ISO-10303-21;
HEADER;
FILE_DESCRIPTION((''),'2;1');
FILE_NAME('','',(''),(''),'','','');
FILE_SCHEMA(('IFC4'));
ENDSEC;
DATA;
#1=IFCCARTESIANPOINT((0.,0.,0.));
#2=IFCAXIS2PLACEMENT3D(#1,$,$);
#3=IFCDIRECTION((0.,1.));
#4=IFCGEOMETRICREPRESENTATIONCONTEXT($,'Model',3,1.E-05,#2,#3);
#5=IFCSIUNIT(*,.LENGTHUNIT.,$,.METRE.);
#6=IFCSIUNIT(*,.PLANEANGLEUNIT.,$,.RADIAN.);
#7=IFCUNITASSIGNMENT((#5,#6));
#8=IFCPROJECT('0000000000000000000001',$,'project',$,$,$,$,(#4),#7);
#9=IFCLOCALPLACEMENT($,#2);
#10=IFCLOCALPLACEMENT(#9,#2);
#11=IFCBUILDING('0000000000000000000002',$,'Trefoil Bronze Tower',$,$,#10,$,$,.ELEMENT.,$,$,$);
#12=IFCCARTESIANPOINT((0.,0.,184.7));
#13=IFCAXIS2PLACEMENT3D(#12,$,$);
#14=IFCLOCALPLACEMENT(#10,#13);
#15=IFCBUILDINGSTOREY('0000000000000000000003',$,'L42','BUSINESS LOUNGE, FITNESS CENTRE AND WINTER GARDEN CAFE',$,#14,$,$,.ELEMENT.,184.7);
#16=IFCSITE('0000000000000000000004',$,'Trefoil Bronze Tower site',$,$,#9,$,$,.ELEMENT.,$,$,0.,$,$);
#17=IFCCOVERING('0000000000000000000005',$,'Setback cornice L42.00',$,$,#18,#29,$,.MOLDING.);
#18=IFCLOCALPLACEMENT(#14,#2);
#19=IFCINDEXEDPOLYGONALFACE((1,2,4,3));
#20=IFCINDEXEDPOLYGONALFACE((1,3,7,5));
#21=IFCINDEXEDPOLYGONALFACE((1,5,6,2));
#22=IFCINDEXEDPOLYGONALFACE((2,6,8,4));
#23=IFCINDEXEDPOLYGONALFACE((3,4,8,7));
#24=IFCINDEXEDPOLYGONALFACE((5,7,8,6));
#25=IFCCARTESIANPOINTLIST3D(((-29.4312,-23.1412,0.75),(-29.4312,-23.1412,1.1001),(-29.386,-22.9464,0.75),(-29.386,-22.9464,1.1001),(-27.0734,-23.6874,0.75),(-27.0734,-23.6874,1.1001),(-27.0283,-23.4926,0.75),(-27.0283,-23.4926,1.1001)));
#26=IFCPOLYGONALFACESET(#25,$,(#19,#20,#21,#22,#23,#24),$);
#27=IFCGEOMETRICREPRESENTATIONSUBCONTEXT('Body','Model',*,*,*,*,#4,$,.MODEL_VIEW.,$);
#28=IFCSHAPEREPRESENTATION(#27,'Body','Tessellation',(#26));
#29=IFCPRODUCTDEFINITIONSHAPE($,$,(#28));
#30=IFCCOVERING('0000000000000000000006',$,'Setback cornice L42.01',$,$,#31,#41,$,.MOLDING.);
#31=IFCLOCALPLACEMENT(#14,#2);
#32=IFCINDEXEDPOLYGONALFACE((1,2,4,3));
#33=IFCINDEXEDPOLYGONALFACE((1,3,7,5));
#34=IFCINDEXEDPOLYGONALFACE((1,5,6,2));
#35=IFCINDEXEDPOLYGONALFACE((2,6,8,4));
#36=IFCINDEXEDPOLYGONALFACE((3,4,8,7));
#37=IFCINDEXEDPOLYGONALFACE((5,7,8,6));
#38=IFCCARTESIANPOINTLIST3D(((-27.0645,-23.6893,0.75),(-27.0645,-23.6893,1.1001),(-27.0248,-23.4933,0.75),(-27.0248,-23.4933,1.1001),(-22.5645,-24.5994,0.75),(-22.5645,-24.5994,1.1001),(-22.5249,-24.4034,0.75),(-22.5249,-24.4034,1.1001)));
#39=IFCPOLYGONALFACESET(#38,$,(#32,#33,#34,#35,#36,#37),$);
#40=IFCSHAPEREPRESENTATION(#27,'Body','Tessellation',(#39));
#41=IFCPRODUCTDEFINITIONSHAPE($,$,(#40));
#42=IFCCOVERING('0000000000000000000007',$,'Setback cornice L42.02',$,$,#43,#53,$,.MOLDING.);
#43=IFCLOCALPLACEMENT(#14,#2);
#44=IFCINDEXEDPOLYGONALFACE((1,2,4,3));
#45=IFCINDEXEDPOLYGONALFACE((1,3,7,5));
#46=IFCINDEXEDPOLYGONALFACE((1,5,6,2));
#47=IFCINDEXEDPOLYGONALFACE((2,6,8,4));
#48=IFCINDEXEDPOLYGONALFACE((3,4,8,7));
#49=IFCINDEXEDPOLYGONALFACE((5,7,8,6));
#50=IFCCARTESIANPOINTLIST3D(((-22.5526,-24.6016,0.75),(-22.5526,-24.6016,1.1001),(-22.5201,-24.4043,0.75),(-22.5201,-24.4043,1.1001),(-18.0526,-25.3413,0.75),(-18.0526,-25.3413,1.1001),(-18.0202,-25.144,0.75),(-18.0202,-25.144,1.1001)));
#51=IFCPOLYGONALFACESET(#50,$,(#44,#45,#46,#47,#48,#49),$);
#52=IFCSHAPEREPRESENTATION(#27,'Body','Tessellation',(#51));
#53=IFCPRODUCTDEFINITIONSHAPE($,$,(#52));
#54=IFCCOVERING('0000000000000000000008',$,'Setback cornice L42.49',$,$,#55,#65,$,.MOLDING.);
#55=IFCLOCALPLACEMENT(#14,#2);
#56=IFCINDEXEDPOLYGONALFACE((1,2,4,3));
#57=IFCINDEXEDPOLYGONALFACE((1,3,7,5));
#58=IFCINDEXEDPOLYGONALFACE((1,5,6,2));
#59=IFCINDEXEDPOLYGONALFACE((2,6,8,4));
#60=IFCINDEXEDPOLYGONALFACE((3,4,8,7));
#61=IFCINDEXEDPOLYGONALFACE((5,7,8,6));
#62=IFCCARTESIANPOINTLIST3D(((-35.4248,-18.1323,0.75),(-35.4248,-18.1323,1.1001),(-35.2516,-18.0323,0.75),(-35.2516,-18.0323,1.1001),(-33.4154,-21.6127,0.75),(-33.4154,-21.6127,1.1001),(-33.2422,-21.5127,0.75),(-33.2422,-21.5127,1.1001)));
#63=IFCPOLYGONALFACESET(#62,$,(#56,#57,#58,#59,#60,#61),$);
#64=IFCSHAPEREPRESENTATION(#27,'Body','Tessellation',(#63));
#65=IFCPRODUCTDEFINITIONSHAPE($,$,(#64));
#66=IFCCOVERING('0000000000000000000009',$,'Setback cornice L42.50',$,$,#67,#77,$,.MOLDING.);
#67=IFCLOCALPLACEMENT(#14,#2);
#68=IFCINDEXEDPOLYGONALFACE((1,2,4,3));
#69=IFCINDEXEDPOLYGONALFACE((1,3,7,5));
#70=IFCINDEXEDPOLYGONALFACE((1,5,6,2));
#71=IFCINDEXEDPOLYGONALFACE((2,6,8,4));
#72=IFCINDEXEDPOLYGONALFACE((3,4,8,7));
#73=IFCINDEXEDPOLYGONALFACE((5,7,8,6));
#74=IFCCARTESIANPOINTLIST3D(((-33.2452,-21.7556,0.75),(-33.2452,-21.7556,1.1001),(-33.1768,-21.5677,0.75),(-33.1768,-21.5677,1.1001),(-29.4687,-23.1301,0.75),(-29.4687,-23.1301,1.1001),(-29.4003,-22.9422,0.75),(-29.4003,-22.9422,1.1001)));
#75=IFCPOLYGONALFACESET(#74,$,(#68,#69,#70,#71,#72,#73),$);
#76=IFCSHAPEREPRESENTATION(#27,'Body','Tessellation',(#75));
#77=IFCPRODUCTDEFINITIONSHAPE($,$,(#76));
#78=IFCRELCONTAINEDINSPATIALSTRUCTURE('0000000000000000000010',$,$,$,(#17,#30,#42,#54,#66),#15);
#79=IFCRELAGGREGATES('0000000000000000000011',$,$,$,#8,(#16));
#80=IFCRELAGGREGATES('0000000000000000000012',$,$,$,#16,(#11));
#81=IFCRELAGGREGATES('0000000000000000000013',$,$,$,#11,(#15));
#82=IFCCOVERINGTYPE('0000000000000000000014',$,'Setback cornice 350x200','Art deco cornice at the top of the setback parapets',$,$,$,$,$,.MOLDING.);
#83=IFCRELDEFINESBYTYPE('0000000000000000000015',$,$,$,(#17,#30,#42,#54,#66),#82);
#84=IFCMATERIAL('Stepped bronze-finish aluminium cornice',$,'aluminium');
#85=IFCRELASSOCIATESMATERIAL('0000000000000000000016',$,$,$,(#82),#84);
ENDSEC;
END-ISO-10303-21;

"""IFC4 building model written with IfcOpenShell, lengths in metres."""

from ifc_helpers import new_model, si_unit, direction, frame, origin, origin_2d, place, context, subcontext, project, spatial, rectangle, extrude, material, type_object, element, save


model = new_model("IFC4")

# Units and contexts
model_context = context("Model", 3, precision=1e-05, world=origin(), true_north=direction((0.0, 1.0)))
body_context = subcontext(model_context, "Body", "Model", "MODEL_VIEW")
ifc_project = project(units=[si_unit("LENGTHUNIT", "METRE"), si_unit("PLANEANGLEUNIT", "RADIAN")], contexts=[model_context])

# Site, building, storey
site_placement = place(None, origin())
site = spatial("IfcSite", under=ifc_project, at=site_placement, Name="Trefoil Bronze Tower site", CompositionType="ELEMENT", RefElevation=0.0)
building_placement = place(site_placement, origin())
building = spatial("IfcBuilding", under=site, at=building_placement, Name="Trefoil Bronze Tower", CompositionType="ELEMENT")
storey_placement = place(building_placement, frame((0.0, 0.0, 184.7)))
storey = spatial("IfcBuildingStorey", under=building, at=storey_placement, Name="L42", Description="BUSINESS LOUNGE, FITNESS CENTRE AND WINTER GARDEN CAFE", CompositionType="ELEMENT", Elevation=184.7)

# Coverings
ifc_material_1 = material(Name="Stepped bronze-finish aluminium cornice", Category="aluminium")
covering_type = type_object("IfcCoveringType", Name="Setback cornice 350x200", Description="Art deco cornice at the top of the setback parapets", PredefinedType="MOLDING", material=ifc_material_1)
covering_1_placement = place(storey_placement, frame((-28.2297, -23.3169, 0.75), z_axis=(0.0, 0.0, 1.0), x_axis=(0.974204, -0.225667, 0.0)))
element("IfcCovering", 1, at=covering_1_placement, inside=storey, type_object=covering_type, Name="Setback cornice L42.00", PredefinedType="MOLDING", context=body_context, shape_type="SweptSolid", body=[
    extrude(rectangle(XDim=2.4202, YDim=0.2, at=origin_2d()), origin(), (0.0, 0.0, 1.0), 0.3501),
])
covering_2_placement = place(storey_placement, frame((-24.7947, -24.0464, 0.75), z_axis=(0.0, 0.0, 1.0), x_axis=(0.980155, -0.198232, 0.0)))
element("IfcCovering", 2, at=covering_2_placement, inside=storey, type_object=covering_type, Name="Setback cornice L42.01", PredefinedType="MOLDING", context=body_context, shape_type="SweptSolid", body=[
    extrude(rectangle(XDim=4.5911, YDim=0.2, at=origin_2d()), origin(), (0.0, 0.0, 1.0), 0.3501),
])
covering_3_placement = place(storey_placement, frame((-20.2864, -24.8728, 0.75), z_axis=(0.0, 0.0, 1.0), x_axis=(0.98676, -0.162189, 0.0)))
element("IfcCovering", 3, at=covering_3_placement, inside=storey, type_object=covering_type, Name="Setback cornice L42.02", PredefinedType="MOLDING", context=body_context, shape_type="SweptSolid", body=[
    extrude(rectangle(XDim=4.5603, YDim=0.2, at=origin_2d()), origin(), (0.0, 0.0, 1.0), 0.3501),
])
for number, where, z_axis, x_axis, name in (
    (4, (-34.3335, -19.8225, 0.75), (0.0, 0.0, 1.0), (0.5, -0.866025, 0.0), "Setback cornice L42.49"),
    (5, (-31.3228, -22.3489, 0.75), (0.0, 0.0, 1.0), (0.939693, -0.34202, 0.0), "Setback cornice L42.50"),
):
    element("IfcCovering", number, at=place(storey_placement, frame(where, z_axis=z_axis, x_axis=x_axis)), inside=storey, type_object=covering_type, Name=name, PredefinedType="MOLDING", context=body_context, shape_type="SweptSolid", body=[
        extrude(rectangle(XDim=4.0188, YDim=0.2, at=origin_2d()), origin(), (0.0, 0.0, 1.0), 0.3501),
    ])

save(model, "model.ifc")
